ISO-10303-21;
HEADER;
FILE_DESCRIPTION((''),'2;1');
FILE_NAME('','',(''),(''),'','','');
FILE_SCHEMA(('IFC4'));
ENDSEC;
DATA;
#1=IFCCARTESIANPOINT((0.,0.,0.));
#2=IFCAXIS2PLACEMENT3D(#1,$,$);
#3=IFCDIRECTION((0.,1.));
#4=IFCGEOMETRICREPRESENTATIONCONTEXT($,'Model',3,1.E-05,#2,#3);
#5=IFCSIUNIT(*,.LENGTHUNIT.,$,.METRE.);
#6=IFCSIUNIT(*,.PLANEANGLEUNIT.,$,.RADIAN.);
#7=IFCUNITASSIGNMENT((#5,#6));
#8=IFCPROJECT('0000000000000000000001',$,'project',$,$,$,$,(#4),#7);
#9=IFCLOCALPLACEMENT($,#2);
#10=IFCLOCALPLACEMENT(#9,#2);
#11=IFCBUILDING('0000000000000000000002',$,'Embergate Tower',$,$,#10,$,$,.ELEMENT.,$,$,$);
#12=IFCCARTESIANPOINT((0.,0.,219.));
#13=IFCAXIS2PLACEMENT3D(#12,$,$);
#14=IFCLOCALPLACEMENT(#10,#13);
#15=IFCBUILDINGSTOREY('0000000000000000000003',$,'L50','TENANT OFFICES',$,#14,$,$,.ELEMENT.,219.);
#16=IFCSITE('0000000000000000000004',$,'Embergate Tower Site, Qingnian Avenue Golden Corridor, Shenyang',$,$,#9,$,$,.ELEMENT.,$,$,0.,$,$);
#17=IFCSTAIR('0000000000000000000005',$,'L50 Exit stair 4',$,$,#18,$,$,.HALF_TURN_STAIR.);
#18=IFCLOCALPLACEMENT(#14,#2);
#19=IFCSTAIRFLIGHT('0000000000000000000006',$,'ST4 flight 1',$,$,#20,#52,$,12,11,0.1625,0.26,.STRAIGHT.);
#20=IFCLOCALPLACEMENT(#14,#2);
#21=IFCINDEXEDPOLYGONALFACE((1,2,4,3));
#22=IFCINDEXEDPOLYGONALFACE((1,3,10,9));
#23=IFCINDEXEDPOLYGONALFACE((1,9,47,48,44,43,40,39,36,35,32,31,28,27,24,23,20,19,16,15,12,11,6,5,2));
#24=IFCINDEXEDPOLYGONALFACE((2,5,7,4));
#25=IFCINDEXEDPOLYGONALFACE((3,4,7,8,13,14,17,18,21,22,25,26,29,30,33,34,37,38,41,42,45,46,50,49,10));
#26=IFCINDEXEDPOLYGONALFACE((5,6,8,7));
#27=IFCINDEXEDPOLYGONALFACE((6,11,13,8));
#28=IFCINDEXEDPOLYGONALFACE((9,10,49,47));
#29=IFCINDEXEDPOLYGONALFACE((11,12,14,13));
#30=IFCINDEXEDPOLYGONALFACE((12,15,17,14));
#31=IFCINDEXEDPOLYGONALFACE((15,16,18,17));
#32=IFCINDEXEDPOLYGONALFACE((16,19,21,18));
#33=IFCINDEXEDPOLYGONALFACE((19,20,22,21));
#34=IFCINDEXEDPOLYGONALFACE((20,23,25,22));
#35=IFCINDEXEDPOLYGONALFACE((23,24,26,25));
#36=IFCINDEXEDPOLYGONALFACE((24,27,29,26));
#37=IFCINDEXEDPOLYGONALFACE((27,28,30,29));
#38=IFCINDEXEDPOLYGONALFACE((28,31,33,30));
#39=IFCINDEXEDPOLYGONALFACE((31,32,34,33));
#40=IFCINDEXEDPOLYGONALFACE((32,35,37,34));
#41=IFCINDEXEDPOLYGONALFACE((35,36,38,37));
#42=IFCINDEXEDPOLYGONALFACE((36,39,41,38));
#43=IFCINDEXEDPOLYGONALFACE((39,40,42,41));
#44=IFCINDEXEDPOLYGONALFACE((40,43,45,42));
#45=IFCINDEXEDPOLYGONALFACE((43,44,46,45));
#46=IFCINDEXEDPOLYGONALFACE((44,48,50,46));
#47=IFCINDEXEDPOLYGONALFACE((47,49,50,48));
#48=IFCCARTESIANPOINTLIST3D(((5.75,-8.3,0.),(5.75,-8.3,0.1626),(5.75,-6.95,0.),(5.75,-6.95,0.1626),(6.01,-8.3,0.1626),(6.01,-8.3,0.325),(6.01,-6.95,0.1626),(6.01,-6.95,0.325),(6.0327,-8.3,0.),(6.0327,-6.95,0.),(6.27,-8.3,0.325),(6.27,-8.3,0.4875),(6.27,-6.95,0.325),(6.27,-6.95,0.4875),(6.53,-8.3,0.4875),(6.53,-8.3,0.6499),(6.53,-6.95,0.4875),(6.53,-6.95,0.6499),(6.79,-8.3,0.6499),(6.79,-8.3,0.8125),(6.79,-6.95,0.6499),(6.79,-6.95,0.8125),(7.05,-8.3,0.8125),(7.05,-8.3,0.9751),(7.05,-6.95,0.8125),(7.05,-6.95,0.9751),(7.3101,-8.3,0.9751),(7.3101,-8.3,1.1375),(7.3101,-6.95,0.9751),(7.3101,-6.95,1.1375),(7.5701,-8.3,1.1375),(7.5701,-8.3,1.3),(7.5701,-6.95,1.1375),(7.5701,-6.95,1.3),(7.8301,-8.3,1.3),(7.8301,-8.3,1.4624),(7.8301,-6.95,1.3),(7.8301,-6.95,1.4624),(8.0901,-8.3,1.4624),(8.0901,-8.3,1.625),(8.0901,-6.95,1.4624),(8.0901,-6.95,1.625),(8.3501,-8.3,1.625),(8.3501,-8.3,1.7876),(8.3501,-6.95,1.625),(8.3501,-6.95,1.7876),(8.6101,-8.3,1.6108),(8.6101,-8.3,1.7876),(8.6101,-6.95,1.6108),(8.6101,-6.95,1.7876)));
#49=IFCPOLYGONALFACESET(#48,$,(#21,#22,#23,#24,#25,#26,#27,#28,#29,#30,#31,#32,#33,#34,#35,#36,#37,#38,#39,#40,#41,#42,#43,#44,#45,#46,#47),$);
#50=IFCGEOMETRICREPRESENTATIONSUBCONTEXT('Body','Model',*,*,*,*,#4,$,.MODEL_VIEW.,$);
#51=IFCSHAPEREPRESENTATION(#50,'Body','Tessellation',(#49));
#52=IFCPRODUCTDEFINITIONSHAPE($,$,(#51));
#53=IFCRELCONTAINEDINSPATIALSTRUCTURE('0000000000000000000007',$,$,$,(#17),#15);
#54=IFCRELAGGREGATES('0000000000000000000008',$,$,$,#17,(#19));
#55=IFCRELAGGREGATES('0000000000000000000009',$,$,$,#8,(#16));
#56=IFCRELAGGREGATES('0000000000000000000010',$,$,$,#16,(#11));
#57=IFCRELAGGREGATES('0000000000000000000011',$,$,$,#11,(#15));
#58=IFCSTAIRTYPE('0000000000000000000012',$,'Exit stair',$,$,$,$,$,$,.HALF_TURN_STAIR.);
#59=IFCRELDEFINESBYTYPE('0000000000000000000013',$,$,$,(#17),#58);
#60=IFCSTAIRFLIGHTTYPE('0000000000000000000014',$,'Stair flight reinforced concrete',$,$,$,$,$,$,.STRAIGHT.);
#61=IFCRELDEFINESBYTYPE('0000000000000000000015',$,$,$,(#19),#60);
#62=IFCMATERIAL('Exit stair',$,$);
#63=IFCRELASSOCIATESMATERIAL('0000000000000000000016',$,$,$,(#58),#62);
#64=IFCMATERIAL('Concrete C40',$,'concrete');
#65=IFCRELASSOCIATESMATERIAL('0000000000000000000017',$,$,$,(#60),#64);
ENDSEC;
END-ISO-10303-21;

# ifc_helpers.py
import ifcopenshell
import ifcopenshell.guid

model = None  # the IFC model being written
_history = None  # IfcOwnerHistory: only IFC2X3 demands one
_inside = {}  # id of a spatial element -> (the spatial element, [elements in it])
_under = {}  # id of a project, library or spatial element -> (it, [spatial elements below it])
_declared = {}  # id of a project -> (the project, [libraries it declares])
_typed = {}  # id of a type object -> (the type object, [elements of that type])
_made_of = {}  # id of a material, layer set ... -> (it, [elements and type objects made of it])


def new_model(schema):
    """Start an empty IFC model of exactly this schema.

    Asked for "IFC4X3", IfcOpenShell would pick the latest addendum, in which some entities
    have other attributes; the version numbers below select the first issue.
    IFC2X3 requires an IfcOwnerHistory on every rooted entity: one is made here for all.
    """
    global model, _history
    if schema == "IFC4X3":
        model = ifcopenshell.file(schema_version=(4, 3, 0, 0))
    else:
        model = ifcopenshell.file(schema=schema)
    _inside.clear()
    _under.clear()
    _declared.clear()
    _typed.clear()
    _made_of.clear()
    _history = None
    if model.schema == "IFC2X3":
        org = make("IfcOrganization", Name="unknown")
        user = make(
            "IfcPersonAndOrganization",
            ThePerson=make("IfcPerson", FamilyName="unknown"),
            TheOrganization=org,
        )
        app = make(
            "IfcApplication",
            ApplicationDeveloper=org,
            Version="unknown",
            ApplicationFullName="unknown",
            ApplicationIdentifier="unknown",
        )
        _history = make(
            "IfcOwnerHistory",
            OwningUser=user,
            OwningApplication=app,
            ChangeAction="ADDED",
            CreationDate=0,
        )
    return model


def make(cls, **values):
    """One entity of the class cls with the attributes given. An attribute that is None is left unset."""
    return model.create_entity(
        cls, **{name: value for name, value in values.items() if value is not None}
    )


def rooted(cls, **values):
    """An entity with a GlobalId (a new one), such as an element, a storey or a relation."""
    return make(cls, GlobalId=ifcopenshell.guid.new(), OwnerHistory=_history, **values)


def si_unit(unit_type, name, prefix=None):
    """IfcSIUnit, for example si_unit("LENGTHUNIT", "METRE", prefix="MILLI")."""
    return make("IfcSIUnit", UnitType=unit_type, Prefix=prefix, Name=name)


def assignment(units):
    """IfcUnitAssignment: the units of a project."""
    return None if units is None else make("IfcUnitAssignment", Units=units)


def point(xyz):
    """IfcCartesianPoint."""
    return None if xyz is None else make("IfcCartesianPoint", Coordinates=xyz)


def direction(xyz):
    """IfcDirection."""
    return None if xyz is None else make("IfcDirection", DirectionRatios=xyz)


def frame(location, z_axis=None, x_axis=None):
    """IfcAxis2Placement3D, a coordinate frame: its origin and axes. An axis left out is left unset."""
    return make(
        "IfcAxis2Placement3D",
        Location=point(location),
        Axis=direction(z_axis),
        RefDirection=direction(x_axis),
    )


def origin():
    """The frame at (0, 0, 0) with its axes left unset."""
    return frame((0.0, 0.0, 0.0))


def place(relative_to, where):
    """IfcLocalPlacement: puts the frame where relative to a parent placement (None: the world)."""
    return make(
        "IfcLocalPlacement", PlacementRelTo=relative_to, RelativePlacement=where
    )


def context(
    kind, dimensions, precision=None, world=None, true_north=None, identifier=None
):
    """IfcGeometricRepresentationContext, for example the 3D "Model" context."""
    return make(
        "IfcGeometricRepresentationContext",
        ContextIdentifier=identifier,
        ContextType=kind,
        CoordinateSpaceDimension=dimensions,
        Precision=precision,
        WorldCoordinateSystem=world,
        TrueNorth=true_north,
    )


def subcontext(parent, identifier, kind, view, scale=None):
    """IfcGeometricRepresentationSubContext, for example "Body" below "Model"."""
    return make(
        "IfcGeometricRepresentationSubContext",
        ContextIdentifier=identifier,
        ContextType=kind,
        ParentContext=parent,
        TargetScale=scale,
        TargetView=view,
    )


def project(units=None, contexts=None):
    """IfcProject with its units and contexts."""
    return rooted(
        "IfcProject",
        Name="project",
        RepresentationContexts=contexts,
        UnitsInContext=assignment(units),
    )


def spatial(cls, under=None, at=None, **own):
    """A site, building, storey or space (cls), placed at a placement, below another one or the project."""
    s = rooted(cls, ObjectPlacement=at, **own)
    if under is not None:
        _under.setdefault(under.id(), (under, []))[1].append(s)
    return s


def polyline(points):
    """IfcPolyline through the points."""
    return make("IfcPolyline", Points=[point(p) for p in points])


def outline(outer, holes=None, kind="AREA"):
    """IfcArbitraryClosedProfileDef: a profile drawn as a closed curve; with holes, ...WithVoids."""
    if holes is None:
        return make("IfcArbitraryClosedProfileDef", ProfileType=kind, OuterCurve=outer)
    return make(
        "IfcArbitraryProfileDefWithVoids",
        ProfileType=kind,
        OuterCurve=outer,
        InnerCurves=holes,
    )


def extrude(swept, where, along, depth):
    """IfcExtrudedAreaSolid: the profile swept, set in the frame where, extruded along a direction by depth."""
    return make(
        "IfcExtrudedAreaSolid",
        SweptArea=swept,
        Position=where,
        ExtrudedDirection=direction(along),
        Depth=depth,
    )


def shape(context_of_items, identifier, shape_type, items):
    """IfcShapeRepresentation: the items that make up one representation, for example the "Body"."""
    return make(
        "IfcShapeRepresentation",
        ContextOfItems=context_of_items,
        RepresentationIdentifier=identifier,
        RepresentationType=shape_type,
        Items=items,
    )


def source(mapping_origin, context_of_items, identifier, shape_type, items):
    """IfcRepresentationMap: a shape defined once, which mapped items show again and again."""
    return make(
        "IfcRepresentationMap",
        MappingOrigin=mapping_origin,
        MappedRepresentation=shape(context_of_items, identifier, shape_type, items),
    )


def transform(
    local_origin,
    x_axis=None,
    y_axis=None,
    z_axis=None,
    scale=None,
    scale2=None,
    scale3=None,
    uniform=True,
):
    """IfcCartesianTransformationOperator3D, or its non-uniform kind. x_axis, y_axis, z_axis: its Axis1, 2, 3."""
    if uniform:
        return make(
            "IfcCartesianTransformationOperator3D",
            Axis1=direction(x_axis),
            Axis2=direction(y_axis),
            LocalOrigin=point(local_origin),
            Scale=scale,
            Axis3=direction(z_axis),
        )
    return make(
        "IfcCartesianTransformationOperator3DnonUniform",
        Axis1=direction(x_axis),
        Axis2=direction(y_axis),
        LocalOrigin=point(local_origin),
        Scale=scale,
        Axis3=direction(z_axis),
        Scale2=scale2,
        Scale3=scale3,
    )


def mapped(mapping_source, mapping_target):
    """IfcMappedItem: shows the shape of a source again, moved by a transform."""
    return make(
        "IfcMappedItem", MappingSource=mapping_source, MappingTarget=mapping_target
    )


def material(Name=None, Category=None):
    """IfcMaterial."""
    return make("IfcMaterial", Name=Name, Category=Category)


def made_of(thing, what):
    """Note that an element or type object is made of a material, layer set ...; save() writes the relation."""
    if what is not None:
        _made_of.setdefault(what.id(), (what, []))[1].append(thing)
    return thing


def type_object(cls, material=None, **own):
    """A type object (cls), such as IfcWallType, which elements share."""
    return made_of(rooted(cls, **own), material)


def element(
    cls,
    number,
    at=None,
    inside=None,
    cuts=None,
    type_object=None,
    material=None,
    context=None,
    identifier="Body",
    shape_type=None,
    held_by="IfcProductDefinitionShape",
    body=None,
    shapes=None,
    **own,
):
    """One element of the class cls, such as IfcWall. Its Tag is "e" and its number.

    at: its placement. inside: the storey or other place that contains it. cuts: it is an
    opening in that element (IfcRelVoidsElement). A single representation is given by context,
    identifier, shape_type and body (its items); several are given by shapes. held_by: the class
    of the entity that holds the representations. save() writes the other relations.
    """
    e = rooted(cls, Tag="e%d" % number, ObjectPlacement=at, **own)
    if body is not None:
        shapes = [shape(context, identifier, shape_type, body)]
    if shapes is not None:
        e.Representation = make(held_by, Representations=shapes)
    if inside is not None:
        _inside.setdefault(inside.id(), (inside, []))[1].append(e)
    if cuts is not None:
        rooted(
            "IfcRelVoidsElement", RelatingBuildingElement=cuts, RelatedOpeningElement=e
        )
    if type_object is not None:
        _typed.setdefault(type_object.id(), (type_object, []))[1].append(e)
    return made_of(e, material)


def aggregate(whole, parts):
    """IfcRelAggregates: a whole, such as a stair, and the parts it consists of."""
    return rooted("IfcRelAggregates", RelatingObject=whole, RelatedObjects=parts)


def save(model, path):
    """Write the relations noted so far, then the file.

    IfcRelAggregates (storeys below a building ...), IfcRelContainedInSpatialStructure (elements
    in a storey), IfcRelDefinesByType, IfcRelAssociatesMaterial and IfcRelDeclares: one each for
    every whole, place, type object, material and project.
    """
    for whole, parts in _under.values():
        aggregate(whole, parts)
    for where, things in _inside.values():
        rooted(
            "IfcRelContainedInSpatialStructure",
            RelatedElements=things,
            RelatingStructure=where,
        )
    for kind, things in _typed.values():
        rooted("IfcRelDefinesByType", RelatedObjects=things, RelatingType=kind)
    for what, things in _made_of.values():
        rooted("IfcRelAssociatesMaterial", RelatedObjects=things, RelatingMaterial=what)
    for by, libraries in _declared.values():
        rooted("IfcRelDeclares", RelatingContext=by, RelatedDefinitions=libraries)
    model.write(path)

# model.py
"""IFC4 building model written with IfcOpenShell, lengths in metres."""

from ifc_helpers import new_model, si_unit, direction, frame, origin, place, context, subcontext, project, spatial, polyline, outline, extrude, source, transform, mapped, material, type_object, element, aggregate, save


model = new_model("IFC4")

# Units and contexts
model_context = context("Model", 3, precision=1e-05, world=origin(), true_north=direction((0.0, 1.0)))
body_context = subcontext(model_context, "Body", "Model", "MODEL_VIEW")
ifc_project = project(units=[si_unit("LENGTHUNIT", "METRE"), si_unit("PLANEANGLEUNIT", "RADIAN")], contexts=[model_context])

# Site, building, storey
site_placement = place(None, origin())
site = spatial("IfcSite", under=ifc_project, at=site_placement, Name="Embergate Tower Site, Qingnian Avenue Golden Corridor, Shenyang", CompositionType="ELEMENT", RefElevation=0.0)
building_placement = place(site_placement, origin())
building = spatial("IfcBuilding", under=site, at=building_placement, Name="Embergate Tower", CompositionType="ELEMENT")
storey_placement = place(building_placement, frame((0.0, 0.0, 219.0)))
storey = spatial("IfcBuildingStorey", under=building, at=storey_placement, Name="L50", Description="TENANT OFFICES", CompositionType="ELEMENT", Elevation=219.0)

# Stair, stair flight
ifc_material_1 = material(Name="Exit stair")
stair_type = type_object("IfcStairType", Name="Exit stair", PredefinedType="HALF_TURN_STAIR", material=ifc_material_1)
stair_placement = place(storey_placement, origin())
stair = element("IfcStair", 1, at=stair_placement, inside=storey, type_object=stair_type, Name="L50 Exit stair 4", PredefinedType="HALF_TURN_STAIR")
ifc_material_2 = material(Name="Concrete C40", Category="concrete")
stair_flight_type = type_object("IfcStairFlightType", Name="Stair flight reinforced concrete", PredefinedType="STRAIGHT", material=ifc_material_2)
shared_shape_1 = source(origin(), body_context, "Body", "SweptSolid", [
    extrude(outline(polyline([(0.0, 0.0), (0.0, 0.1626), (0.26, 0.1626), (0.26, 0.325), (0.52, 0.325), (0.52, 0.4875), (0.78, 0.4875), (0.78, 0.6499), (1.04, 0.6499), (1.04, 0.8125), (1.3, 0.8125), (1.3, 0.9751), (1.5601, 0.9751), (1.5601, 1.1375), (1.8201, 1.1375), (1.8201, 1.3), (2.0801, 1.3), (2.0801, 1.4624), (2.3401, 1.4624), (2.3401, 1.625), (2.6001, 1.625), (2.6001, 1.7876), (2.8601, 1.7876), (2.8601, 1.95), (2.8601, 1.6108), (0.2827, 0.0), (0.0, 0.0)])), frame((0.0, 0.675, 0.0), z_axis=(0.0, -1.0, 0.0), x_axis=(1.0, 0.0, 0.0)), (0.0, 0.0, 1.0), 1.3501),
])
stair_flight_placement = place(storey_placement, frame((5.75, -7.625, 0.0), z_axis=(0.0, 0.0, 1.0), x_axis=(1.0, 0.0, 0.0)))
stair_flight = element("IfcStairFlight", 2, at=stair_flight_placement, type_object=stair_flight_type, Name="ST4 flight 1", NumberOfRisers=12, NumberOfTreads=11, PredefinedType="STRAIGHT", RiserHeight=0.1625, TreadLength=0.26, context=body_context, shape_type="MappedRepresentation", body=[
    mapped(shared_shape_1, transform((0.0, 0.0, 0.0))),
])
aggregate(stair, [stair_flight])

save(model, "model.ifc")
